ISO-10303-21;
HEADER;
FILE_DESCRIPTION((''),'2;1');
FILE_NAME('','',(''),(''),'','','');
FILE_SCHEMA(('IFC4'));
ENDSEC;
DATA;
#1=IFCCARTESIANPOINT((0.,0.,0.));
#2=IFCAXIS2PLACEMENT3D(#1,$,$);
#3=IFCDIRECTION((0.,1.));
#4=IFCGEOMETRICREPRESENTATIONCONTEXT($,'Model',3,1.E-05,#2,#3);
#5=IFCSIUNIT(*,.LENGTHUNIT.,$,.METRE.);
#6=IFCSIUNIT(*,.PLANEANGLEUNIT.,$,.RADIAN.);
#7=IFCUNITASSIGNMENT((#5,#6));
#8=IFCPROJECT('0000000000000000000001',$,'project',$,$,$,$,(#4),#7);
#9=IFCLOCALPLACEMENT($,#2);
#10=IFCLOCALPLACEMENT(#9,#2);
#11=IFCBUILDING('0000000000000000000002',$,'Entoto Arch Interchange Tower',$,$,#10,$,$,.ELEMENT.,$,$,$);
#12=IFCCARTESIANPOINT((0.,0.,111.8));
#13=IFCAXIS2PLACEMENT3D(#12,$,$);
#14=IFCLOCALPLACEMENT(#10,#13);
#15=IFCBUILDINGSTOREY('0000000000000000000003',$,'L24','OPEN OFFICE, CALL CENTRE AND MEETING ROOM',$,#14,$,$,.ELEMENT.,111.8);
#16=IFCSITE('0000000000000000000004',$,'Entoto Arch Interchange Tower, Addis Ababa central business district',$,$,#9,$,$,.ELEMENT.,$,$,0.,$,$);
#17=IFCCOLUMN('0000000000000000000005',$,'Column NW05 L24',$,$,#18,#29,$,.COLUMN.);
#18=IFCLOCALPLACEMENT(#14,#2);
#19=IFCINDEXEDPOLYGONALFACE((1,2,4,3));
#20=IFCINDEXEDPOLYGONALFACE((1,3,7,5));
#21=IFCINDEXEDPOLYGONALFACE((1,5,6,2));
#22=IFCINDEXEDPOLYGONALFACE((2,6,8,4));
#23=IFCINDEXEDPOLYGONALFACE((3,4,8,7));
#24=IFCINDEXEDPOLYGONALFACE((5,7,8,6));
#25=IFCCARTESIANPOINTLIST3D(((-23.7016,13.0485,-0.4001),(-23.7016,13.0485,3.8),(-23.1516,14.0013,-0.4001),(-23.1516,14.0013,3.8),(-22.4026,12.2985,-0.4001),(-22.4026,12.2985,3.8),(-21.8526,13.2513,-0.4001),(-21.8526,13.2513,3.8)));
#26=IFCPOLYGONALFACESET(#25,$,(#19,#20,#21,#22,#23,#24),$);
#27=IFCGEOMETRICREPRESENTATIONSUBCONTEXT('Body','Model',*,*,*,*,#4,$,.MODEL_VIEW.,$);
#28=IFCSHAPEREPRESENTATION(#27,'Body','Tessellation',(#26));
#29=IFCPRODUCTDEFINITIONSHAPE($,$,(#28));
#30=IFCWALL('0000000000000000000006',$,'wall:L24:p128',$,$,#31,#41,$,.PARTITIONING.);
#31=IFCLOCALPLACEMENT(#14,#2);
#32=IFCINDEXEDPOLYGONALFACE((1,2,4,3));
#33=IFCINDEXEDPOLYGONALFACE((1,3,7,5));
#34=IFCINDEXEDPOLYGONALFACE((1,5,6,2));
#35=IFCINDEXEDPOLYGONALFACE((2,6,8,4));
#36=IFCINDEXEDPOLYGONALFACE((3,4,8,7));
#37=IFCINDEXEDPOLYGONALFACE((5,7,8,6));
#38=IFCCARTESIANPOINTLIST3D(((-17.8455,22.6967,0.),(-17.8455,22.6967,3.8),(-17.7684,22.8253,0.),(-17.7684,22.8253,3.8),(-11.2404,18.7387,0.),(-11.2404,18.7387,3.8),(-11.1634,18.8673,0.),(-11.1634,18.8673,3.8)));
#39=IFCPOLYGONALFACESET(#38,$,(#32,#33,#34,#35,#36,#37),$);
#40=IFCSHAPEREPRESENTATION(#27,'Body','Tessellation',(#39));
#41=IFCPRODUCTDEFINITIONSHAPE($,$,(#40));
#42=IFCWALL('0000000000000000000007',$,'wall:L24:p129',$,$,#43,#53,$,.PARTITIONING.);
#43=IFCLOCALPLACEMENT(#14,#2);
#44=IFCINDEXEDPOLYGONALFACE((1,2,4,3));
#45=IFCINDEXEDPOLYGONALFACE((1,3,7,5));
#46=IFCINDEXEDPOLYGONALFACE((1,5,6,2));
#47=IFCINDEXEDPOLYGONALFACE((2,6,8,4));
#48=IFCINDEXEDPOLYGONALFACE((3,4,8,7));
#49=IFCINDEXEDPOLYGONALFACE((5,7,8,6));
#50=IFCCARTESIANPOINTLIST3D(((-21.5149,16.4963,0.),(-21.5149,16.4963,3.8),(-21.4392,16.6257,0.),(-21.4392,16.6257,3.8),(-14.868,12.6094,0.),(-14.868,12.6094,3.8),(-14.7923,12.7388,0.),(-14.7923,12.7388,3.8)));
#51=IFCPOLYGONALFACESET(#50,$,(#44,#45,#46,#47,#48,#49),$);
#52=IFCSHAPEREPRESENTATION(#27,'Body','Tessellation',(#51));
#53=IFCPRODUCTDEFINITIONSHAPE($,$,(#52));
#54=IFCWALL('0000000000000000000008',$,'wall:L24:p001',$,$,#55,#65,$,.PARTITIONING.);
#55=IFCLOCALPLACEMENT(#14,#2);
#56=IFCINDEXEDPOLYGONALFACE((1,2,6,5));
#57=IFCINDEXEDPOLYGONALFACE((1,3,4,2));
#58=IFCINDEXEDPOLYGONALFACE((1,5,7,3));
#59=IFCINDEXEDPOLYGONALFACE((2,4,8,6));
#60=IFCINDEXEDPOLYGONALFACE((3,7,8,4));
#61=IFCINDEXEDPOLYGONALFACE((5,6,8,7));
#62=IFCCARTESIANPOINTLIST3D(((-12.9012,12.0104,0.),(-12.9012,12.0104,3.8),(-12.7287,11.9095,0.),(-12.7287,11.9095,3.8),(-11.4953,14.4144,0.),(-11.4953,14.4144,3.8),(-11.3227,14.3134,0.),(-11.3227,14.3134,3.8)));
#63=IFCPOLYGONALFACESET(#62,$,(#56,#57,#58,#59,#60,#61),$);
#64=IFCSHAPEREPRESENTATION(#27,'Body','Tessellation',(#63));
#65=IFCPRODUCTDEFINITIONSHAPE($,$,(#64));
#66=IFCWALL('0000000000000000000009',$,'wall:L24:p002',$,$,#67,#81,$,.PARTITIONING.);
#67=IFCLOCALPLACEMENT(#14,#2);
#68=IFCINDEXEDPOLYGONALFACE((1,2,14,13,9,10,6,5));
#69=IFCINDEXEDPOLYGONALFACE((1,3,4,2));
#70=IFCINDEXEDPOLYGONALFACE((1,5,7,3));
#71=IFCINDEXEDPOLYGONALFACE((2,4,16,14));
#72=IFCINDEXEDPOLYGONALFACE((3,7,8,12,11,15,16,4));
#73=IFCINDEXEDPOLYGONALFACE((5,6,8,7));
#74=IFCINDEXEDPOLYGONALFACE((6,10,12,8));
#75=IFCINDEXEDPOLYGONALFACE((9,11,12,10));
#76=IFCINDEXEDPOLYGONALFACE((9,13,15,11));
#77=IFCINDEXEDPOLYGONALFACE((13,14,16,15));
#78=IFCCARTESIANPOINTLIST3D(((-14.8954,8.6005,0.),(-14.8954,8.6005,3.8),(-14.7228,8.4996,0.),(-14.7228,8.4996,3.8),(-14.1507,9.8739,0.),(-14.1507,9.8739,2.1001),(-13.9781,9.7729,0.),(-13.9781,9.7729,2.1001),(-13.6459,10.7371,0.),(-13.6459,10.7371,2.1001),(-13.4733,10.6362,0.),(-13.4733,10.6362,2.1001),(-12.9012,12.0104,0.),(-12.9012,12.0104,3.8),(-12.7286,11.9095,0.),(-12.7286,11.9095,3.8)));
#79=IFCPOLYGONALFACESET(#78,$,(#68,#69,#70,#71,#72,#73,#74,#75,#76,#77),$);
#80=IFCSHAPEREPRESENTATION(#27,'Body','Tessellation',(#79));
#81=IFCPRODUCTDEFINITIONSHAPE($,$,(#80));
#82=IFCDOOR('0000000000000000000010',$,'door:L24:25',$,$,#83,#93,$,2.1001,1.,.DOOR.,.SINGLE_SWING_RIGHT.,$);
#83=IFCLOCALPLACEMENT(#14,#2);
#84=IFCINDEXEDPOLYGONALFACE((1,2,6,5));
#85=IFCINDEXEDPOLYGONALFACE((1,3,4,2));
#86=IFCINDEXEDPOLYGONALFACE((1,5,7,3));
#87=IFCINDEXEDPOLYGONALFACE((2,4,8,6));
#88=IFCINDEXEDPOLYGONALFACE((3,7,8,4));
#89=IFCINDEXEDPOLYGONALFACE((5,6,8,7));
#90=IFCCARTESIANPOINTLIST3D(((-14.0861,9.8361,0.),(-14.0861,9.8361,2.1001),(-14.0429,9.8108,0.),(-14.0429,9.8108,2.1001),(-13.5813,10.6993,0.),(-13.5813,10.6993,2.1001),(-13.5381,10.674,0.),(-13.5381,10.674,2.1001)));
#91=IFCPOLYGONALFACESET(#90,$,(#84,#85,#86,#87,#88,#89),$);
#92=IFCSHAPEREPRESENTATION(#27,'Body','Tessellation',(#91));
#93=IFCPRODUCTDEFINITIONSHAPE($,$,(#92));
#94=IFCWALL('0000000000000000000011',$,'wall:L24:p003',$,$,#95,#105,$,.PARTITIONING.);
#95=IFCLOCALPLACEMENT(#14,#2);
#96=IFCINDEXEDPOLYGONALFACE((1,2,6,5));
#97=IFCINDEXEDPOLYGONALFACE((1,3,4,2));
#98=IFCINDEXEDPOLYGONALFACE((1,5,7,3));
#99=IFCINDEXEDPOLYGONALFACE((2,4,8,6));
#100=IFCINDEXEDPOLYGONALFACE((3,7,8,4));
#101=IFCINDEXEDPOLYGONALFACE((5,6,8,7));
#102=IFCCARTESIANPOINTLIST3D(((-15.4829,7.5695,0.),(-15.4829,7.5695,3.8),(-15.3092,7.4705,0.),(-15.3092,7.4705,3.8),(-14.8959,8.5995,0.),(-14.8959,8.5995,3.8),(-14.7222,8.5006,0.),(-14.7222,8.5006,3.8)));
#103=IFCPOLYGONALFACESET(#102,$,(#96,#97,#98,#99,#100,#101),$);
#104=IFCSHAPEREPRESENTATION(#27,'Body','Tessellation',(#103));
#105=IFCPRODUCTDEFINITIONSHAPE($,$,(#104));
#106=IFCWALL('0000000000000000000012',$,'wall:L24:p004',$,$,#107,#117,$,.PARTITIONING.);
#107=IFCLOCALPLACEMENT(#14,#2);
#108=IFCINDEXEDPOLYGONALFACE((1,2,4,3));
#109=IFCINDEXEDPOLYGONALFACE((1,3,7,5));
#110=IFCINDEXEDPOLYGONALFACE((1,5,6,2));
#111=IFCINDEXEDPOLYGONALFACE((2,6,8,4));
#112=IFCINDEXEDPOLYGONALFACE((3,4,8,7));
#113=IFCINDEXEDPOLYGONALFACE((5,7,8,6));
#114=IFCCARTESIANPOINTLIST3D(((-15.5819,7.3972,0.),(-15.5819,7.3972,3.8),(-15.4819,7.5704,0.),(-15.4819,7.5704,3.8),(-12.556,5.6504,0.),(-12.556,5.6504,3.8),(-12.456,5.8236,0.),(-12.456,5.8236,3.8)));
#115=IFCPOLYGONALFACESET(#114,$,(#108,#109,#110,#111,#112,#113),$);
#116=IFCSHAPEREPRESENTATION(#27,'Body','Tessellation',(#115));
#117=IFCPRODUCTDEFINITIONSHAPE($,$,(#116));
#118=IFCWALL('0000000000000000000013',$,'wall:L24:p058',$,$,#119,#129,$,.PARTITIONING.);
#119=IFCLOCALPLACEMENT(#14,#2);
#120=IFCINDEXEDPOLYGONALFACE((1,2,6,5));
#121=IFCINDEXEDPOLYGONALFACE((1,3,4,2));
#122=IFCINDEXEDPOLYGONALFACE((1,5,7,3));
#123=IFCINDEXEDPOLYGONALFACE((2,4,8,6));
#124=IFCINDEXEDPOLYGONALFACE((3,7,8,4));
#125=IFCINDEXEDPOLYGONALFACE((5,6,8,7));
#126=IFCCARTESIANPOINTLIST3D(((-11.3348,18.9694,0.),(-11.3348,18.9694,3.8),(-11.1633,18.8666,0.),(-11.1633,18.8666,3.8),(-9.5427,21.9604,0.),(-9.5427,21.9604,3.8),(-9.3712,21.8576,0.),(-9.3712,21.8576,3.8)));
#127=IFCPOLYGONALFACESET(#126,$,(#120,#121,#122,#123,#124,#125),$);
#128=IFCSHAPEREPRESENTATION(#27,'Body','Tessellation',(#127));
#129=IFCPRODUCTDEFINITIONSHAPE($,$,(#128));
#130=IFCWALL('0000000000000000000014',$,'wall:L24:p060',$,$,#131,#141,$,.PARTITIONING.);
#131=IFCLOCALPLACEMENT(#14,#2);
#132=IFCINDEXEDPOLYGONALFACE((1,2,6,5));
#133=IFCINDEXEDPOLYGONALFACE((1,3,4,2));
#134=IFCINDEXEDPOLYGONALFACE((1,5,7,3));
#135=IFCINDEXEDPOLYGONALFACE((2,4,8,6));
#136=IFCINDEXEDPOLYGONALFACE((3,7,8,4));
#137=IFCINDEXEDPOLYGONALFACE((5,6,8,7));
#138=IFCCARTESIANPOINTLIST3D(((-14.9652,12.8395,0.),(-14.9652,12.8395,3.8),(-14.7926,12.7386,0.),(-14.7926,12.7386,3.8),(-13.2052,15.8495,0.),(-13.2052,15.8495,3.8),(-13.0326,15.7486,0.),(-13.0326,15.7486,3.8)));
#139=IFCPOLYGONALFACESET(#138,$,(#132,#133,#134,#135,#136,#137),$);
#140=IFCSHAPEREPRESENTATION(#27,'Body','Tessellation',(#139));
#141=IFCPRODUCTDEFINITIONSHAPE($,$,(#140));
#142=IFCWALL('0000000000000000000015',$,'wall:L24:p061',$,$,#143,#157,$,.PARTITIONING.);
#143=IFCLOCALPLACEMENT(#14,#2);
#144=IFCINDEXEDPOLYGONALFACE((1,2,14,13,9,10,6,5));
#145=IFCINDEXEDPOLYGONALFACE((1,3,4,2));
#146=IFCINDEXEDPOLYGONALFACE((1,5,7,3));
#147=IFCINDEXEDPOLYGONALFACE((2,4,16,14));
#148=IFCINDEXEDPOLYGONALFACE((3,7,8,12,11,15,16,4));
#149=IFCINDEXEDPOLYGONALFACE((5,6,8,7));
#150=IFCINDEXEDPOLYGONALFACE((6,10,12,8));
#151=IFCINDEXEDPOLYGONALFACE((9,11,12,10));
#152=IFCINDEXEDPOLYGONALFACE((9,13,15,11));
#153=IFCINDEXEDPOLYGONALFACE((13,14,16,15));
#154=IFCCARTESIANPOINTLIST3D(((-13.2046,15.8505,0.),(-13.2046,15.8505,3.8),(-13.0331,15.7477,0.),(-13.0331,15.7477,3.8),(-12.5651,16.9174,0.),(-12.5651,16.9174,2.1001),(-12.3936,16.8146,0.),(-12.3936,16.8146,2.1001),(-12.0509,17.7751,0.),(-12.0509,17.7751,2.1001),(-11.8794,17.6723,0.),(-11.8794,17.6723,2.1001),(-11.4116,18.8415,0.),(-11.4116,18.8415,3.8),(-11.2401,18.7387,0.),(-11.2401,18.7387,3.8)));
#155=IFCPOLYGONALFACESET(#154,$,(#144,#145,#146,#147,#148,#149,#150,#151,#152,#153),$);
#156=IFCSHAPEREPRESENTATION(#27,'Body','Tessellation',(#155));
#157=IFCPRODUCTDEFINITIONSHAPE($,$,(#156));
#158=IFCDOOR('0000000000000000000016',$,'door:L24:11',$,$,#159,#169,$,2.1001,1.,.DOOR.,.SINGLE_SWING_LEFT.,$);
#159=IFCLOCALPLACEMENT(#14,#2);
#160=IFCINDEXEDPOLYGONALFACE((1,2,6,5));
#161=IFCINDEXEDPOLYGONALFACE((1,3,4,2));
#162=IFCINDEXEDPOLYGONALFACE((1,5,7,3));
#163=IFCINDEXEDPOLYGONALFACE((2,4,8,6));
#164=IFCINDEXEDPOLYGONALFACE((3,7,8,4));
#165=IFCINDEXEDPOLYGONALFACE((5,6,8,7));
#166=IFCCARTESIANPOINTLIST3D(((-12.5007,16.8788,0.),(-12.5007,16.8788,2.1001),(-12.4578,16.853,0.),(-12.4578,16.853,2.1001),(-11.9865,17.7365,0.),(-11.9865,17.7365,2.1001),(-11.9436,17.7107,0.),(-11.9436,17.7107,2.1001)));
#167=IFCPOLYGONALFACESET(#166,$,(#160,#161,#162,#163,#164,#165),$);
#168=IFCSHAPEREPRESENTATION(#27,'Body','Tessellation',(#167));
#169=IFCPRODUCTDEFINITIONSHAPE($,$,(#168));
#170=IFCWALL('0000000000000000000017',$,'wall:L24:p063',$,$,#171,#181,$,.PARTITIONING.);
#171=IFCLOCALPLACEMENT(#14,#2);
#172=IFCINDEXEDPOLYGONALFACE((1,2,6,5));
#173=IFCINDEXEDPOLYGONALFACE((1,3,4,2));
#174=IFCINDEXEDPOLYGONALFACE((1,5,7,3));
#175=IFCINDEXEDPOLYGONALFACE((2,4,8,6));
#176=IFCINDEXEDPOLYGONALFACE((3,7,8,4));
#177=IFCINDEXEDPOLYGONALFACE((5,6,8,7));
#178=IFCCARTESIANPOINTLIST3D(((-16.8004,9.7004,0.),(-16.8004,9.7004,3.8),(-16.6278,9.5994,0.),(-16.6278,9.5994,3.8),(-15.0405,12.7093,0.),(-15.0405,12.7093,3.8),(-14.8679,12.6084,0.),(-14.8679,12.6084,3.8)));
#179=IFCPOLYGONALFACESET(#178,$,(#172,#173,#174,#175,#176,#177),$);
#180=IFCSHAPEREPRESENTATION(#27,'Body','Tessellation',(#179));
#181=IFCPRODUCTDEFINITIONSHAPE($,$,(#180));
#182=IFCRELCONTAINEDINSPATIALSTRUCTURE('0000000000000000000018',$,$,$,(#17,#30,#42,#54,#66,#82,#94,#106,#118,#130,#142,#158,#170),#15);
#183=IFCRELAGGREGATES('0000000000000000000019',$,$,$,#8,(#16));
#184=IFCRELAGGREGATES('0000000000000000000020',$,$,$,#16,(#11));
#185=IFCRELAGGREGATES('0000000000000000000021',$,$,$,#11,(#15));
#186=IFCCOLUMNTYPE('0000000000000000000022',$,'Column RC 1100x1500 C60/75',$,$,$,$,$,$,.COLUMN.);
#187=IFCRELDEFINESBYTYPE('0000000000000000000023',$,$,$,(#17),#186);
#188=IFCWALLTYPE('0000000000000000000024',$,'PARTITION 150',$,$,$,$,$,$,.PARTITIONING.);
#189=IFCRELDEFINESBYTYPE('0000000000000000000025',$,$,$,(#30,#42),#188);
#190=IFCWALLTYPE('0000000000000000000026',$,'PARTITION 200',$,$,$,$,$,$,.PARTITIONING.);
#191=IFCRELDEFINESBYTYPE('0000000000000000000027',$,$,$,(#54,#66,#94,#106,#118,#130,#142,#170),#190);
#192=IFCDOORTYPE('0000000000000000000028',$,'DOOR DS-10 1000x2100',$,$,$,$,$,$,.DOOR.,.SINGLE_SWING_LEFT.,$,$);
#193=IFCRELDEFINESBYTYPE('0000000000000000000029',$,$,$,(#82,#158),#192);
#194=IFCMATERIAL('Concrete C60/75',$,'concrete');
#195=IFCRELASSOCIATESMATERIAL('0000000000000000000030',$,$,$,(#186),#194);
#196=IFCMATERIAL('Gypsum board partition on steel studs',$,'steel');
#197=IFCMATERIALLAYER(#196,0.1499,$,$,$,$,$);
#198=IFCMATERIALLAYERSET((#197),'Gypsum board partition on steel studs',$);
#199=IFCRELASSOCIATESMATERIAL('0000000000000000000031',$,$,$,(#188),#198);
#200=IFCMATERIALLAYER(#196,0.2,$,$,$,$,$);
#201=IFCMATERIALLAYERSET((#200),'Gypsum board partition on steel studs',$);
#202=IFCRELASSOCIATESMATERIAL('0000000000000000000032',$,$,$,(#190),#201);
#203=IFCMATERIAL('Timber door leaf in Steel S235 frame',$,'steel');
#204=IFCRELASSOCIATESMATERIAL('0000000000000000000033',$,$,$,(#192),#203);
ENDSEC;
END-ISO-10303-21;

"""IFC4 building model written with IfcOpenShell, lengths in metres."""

from ifc_helpers import new_model, si_unit, direction, frame, frame_2d, origin, origin_2d, place, context, subcontext, project, spatial, rectangle, extrude, material, layer, layer_set, material_profile, profile_set, type_object, element, fill, save


model = new_model("IFC4")

# Units and contexts
model_context = context("Model", 3, precision=1e-05, world=origin(), true_north=direction((0.0, 1.0)))
body_context = subcontext(model_context, "Body", "Model", "MODEL_VIEW")
ifc_project = project(units=[si_unit("LENGTHUNIT", "METRE"), si_unit("PLANEANGLEUNIT", "RADIAN")], contexts=[model_context])

# Site, building, storey
site_placement = place(None, origin())
site = spatial("IfcSite", under=ifc_project, at=site_placement, Name="Entoto Arch Interchange Tower, Addis Ababa central business district", CompositionType="ELEMENT", RefElevation=0.0)
building_placement = place(site_placement, origin())
building = spatial("IfcBuilding", under=site, at=building_placement, Name="Entoto Arch Interchange Tower", CompositionType="ELEMENT")
storey_placement = place(building_placement, frame((0.0, 0.0, 111.8)))
storey = spatial("IfcBuildingStorey", under=building, at=storey_placement, Name="L24", Description="OPEN OFFICE, CALL CENTRE AND MEETING ROOM", CompositionType="ELEMENT", Elevation=111.8)

# Column
ifc_material_1 = material(Name="Concrete C60/75", Category="concrete")
ifc_material_profile = material_profile(ifc_material_1, rectangle(XDim=1.1001, YDim=1.5, at=origin_2d()))
ifc_profile_set = profile_set([ifc_material_profile], Name="Concrete C60/75")
column_type = type_object("IfcColumnType", Name="Column RC 1100x1500 C60/75", PredefinedType="COLUMN", material=ifc_profile_set)
column_placement = place(storey_placement, frame((-22.7771, 13.1499, -0.4001), z_axis=(0.0, 0.0, 1.0), x_axis=(0.5, 0.866025, 0.0)))
element("IfcColumn", 1, at=column_placement, inside=storey, type_object=column_type, Name="Column NW05 L24", PredefinedType="COLUMN", context=body_context, shape_type="SweptSolid", body=[
    extrude(rectangle(XDim=1.1001, YDim=1.5, at=origin_2d()), origin(), (0.0, 0.0, 1.0), 4.2002),
])

# Walls
ifc_material_2 = material(Name="Gypsum board partition on steel studs", Category="steel")
ifc_layer_1 = layer(ifc_material_2, 0.1499)
ifc_layer_set_1 = layer_set([ifc_layer_1], Name="Gypsum board partition on steel studs")
wall_type_1 = type_object("IfcWallType", Name="PARTITION 150", PredefinedType="PARTITIONING", material=ifc_layer_set_1)
wall_1_placement = place(storey_placement, frame((-11.2019, 18.803, 0.0), z_axis=(0.0, 0.0, 1.0), x_axis=(-0.857778, 0.51402, 0.0)))
element("IfcWall", 2, at=wall_1_placement, inside=storey, type_object=wall_type_1, Name="wall:L24:p128", PredefinedType="PARTITIONING", context=body_context, shape_type="SweptSolid", body=[
    extrude(rectangle(XDim=7.7002, YDim=0.1499, at=frame_2d((3.8501, 0.0))), origin(), (0.0, 0.0, 1.0), 3.8),
])
wall_2_placement = place(storey_placement, frame((-14.8301, 12.6741, 0.0), z_axis=(0.0, 0.0, 1.0), x_axis=(-0.863238, 0.504797, 0.0)))
element("IfcWall", 3, at=wall_2_placement, inside=storey, type_object=wall_type_1, Name="wall:L24:p129", PredefinedType="PARTITIONING", context=body_context, shape_type="SweptSolid", body=[
    extrude(rectangle(XDim=7.7, YDim=0.1499, at=frame_2d((3.8501, 0.0))), origin(), (0.0, 0.0, 1.0), 3.8),
])
ifc_layer_2 = layer(ifc_material_2, 0.2)
ifc_layer_set_2 = layer_set([ifc_layer_2], Name="Gypsum board partition on steel studs")
wall_type_2 = type_object("IfcWallType", Name="PARTITION 200", PredefinedType="PARTITIONING", material=ifc_layer_set_2)
wall_3_placement = place(storey_placement, frame((-11.4089, 14.364, 0.0), z_axis=(0.0, 0.0, 1.0), x_axis=(-0.504846, -0.863209, 0.0)))
element("IfcWall", 4, at=wall_3_placement, inside=storey, type_object=wall_type_2, Name="wall:L24:p001", PredefinedType="PARTITIONING", context=body_context, shape_type="SweptSolid", body=[
    extrude(rectangle(XDim=2.7849, YDim=0.2, at=frame_2d((1.3926, 0.0))), origin(), (0.0, 0.0, 1.0), 3.8),
])

# Wall, opening, door
wall_4_placement = place(storey_placement, frame((-12.8149, 11.96, 0.0), z_axis=(0.0, 0.0, 1.0), x_axis=(-0.50482, -0.863225, 0.0)))
wall_4 = element("IfcWall", 5, at=wall_4_placement, inside=storey, type_object=wall_type_2, Name="wall:L24:p002", PredefinedType="PARTITIONING", context=body_context, shape_type="SweptSolid", body=[
    extrude(rectangle(XDim=3.9502, YDim=0.2, at=frame_2d((1.9751, 0.0))), origin(), (0.0, 0.0, 1.0), 3.8),
])
opening_1_placement = place(wall_4_placement, frame((1.4751, 0.0, 0.0)))
opening_1 = element("IfcOpeningElement", 6, at=opening_1_placement, cuts=wall_4, PredefinedType="OPENING", context=body_context, shape_type="SweptSolid", body=[
    extrude(rectangle(XDim=1.0, YDim=2.1001, at=frame_2d((0.5, 1.05))), frame((0.0, 0.1099, 0.0), z_axis=(0.0, -1.0, 0.0), x_axis=(1.0, 0.0, 0.0)), (0.0, 0.0, 1.0), 0.22),
])
ifc_material_3 = material(Name="Timber door leaf in Steel S235 frame", Category="steel")
door_type = type_object("IfcDoorType", Name="DOOR DS-10 1000x2100", OperationType="SINGLE_SWING_LEFT", PredefinedType="DOOR", material=ifc_material_3)
door_1_placement = place(opening_1_placement, origin())
door_1 = element("IfcDoor", 7, at=door_1_placement, inside=storey, type_object=door_type, Name="door:L24:25", OperationType="SINGLE_SWING_RIGHT", OverallHeight=2.1001, OverallWidth=1.0, PredefinedType="DOOR", context=body_context, shape_type="SweptSolid", body=[
    extrude(rectangle(XDim=1.0, YDim=2.1001, at=frame_2d((0.5, 1.05))), frame((0.0, 0.0249, 0.0), z_axis=(0.0, -1.0, 0.0), x_axis=(1.0, 0.0, 0.0)), (0.0, 0.0, 1.0), 0.05),
])
fill(opening_1, door_1)

# Walls
wall_5_placement = place(storey_placement, frame((-14.8091, 8.55, 0.0), z_axis=(0.0, 0.0, 1.0), x_axis=(-0.495074, -0.868851, 0.0)))
element("IfcWall", 8, at=wall_5_placement, inside=storey, type_object=wall_type_2, Name="wall:L24:p003", PredefinedType="PARTITIONING", context=body_context, shape_type="SweptSolid", body=[
    extrude(rectangle(XDim=1.1855, YDim=0.2, at=frame_2d((0.5928, 0.0))), origin(), (0.0, 0.0, 1.0), 3.8),
])
wall_6_placement = place(storey_placement, frame((-15.532, 7.4839, 0.0), z_axis=(0.0, 0.0, 1.0), x_axis=(0.866046, -0.499964, 0.0)))
element("IfcWall", 9, at=wall_6_placement, inside=storey, type_object=wall_type_2, Name="wall:L24:p004", PredefinedType="PARTITIONING", context=body_context, shape_type="SweptSolid", body=[
    extrude(rectangle(XDim=3.4939, YDim=0.2, at=frame_2d((1.7471, 0.0))), origin(), (0.0, 0.0, 1.0), 3.8),
])
for number, where, z_axis, x_axis, name in (
    (10, (-11.249, 18.918, 0.0), (0.0, 0.0, 1.0), (0.51395, 0.85782, 0.0), "wall:L24:p058"),
    (11, (-14.8789, 12.7891, 0.0), (0.0, 0.0, 1.0), (0.504763, 0.863258, 0.0), "wall:L24:p060"),
):
    element("IfcWall", number, at=place(storey_placement, frame(where, z_axis=z_axis, x_axis=x_axis)), inside=storey, type_object=wall_type_2, Name=name, PredefinedType="PARTITIONING", context=body_context, shape_type="SweptSolid", body=[
        extrude(rectangle(XDim=3.4868, YDim=0.2, at=frame_2d((1.7434, 0.0))), origin(), (0.0, 0.0, 1.0), 3.8),
    ])

# Wall, opening, door
wall_7_placement = place(storey_placement, frame((-13.1189, 15.7991, 0.0), z_axis=(0.0, 0.0, 1.0), x_axis=(0.514156, 0.857697, 0.0)))
wall_7 = element("IfcWall", 12, at=wall_7_placement, inside=storey, type_object=wall_type_2, Name="wall:L24:p061", PredefinedType="PARTITIONING", context=body_context, shape_type="SweptSolid", body=[
    extrude(rectangle(XDim=3.4873, YDim=0.2, at=frame_2d((1.7437, 0.0))), origin(), (0.0, 0.0, 1.0), 3.8),
])
opening_2_placement = place(wall_7_placement, frame((1.2439, 0.0, 0.0)))
opening_2 = element("IfcOpeningElement", 13, at=opening_2_placement, cuts=wall_7, PredefinedType="OPENING", context=body_context, shape_type="SweptSolid", body=[
    extrude(rectangle(XDim=1.0, YDim=2.1001, at=frame_2d((0.5, 1.05))), frame((0.0, 0.1099, 0.0), z_axis=(0.0, -1.0, 0.0), x_axis=(1.0, 0.0, 0.0)), (0.0, 0.0, 1.0), 0.22),
])
door_2_placement = place(opening_2_placement, origin())
door_2 = element("IfcDoor", 14, at=door_2_placement, inside=storey, type_object=door_type, Name="door:L24:11", OperationType="SINGLE_SWING_LEFT", OverallHeight=2.1001, OverallWidth=1.0, PredefinedType="DOOR", context=body_context, shape_type="SweptSolid", body=[
    extrude(rectangle(XDim=1.0, YDim=2.1001, at=frame_2d((0.5, 1.05))), frame((0.0, 0.0249, 0.0), z_axis=(0.0, -1.0, 0.0), x_axis=(1.0, 0.0, 0.0)), (0.0, 0.0, 1.0), 0.05),
])
fill(opening_2, door_2)

# Wall
wall_8_placement = place(storey_placement, frame((-16.7141, 9.6499, 0.0), z_axis=(0.0, 0.0, 1.0), x_axis=(0.504885, 0.863186, 0.0)))
element("IfcWall", 15, at=wall_8_placement, inside=storey, type_object=wall_type_2, Name="wall:L24:p063", PredefinedType="PARTITIONING", context=body_context, shape_type="SweptSolid", body=[
    extrude(rectangle(XDim=3.4858, YDim=0.2, at=frame_2d((1.7429, 0.0))), origin(), (0.0, 0.0, 1.0), 3.8),
])

save(model, "model.ifc")
